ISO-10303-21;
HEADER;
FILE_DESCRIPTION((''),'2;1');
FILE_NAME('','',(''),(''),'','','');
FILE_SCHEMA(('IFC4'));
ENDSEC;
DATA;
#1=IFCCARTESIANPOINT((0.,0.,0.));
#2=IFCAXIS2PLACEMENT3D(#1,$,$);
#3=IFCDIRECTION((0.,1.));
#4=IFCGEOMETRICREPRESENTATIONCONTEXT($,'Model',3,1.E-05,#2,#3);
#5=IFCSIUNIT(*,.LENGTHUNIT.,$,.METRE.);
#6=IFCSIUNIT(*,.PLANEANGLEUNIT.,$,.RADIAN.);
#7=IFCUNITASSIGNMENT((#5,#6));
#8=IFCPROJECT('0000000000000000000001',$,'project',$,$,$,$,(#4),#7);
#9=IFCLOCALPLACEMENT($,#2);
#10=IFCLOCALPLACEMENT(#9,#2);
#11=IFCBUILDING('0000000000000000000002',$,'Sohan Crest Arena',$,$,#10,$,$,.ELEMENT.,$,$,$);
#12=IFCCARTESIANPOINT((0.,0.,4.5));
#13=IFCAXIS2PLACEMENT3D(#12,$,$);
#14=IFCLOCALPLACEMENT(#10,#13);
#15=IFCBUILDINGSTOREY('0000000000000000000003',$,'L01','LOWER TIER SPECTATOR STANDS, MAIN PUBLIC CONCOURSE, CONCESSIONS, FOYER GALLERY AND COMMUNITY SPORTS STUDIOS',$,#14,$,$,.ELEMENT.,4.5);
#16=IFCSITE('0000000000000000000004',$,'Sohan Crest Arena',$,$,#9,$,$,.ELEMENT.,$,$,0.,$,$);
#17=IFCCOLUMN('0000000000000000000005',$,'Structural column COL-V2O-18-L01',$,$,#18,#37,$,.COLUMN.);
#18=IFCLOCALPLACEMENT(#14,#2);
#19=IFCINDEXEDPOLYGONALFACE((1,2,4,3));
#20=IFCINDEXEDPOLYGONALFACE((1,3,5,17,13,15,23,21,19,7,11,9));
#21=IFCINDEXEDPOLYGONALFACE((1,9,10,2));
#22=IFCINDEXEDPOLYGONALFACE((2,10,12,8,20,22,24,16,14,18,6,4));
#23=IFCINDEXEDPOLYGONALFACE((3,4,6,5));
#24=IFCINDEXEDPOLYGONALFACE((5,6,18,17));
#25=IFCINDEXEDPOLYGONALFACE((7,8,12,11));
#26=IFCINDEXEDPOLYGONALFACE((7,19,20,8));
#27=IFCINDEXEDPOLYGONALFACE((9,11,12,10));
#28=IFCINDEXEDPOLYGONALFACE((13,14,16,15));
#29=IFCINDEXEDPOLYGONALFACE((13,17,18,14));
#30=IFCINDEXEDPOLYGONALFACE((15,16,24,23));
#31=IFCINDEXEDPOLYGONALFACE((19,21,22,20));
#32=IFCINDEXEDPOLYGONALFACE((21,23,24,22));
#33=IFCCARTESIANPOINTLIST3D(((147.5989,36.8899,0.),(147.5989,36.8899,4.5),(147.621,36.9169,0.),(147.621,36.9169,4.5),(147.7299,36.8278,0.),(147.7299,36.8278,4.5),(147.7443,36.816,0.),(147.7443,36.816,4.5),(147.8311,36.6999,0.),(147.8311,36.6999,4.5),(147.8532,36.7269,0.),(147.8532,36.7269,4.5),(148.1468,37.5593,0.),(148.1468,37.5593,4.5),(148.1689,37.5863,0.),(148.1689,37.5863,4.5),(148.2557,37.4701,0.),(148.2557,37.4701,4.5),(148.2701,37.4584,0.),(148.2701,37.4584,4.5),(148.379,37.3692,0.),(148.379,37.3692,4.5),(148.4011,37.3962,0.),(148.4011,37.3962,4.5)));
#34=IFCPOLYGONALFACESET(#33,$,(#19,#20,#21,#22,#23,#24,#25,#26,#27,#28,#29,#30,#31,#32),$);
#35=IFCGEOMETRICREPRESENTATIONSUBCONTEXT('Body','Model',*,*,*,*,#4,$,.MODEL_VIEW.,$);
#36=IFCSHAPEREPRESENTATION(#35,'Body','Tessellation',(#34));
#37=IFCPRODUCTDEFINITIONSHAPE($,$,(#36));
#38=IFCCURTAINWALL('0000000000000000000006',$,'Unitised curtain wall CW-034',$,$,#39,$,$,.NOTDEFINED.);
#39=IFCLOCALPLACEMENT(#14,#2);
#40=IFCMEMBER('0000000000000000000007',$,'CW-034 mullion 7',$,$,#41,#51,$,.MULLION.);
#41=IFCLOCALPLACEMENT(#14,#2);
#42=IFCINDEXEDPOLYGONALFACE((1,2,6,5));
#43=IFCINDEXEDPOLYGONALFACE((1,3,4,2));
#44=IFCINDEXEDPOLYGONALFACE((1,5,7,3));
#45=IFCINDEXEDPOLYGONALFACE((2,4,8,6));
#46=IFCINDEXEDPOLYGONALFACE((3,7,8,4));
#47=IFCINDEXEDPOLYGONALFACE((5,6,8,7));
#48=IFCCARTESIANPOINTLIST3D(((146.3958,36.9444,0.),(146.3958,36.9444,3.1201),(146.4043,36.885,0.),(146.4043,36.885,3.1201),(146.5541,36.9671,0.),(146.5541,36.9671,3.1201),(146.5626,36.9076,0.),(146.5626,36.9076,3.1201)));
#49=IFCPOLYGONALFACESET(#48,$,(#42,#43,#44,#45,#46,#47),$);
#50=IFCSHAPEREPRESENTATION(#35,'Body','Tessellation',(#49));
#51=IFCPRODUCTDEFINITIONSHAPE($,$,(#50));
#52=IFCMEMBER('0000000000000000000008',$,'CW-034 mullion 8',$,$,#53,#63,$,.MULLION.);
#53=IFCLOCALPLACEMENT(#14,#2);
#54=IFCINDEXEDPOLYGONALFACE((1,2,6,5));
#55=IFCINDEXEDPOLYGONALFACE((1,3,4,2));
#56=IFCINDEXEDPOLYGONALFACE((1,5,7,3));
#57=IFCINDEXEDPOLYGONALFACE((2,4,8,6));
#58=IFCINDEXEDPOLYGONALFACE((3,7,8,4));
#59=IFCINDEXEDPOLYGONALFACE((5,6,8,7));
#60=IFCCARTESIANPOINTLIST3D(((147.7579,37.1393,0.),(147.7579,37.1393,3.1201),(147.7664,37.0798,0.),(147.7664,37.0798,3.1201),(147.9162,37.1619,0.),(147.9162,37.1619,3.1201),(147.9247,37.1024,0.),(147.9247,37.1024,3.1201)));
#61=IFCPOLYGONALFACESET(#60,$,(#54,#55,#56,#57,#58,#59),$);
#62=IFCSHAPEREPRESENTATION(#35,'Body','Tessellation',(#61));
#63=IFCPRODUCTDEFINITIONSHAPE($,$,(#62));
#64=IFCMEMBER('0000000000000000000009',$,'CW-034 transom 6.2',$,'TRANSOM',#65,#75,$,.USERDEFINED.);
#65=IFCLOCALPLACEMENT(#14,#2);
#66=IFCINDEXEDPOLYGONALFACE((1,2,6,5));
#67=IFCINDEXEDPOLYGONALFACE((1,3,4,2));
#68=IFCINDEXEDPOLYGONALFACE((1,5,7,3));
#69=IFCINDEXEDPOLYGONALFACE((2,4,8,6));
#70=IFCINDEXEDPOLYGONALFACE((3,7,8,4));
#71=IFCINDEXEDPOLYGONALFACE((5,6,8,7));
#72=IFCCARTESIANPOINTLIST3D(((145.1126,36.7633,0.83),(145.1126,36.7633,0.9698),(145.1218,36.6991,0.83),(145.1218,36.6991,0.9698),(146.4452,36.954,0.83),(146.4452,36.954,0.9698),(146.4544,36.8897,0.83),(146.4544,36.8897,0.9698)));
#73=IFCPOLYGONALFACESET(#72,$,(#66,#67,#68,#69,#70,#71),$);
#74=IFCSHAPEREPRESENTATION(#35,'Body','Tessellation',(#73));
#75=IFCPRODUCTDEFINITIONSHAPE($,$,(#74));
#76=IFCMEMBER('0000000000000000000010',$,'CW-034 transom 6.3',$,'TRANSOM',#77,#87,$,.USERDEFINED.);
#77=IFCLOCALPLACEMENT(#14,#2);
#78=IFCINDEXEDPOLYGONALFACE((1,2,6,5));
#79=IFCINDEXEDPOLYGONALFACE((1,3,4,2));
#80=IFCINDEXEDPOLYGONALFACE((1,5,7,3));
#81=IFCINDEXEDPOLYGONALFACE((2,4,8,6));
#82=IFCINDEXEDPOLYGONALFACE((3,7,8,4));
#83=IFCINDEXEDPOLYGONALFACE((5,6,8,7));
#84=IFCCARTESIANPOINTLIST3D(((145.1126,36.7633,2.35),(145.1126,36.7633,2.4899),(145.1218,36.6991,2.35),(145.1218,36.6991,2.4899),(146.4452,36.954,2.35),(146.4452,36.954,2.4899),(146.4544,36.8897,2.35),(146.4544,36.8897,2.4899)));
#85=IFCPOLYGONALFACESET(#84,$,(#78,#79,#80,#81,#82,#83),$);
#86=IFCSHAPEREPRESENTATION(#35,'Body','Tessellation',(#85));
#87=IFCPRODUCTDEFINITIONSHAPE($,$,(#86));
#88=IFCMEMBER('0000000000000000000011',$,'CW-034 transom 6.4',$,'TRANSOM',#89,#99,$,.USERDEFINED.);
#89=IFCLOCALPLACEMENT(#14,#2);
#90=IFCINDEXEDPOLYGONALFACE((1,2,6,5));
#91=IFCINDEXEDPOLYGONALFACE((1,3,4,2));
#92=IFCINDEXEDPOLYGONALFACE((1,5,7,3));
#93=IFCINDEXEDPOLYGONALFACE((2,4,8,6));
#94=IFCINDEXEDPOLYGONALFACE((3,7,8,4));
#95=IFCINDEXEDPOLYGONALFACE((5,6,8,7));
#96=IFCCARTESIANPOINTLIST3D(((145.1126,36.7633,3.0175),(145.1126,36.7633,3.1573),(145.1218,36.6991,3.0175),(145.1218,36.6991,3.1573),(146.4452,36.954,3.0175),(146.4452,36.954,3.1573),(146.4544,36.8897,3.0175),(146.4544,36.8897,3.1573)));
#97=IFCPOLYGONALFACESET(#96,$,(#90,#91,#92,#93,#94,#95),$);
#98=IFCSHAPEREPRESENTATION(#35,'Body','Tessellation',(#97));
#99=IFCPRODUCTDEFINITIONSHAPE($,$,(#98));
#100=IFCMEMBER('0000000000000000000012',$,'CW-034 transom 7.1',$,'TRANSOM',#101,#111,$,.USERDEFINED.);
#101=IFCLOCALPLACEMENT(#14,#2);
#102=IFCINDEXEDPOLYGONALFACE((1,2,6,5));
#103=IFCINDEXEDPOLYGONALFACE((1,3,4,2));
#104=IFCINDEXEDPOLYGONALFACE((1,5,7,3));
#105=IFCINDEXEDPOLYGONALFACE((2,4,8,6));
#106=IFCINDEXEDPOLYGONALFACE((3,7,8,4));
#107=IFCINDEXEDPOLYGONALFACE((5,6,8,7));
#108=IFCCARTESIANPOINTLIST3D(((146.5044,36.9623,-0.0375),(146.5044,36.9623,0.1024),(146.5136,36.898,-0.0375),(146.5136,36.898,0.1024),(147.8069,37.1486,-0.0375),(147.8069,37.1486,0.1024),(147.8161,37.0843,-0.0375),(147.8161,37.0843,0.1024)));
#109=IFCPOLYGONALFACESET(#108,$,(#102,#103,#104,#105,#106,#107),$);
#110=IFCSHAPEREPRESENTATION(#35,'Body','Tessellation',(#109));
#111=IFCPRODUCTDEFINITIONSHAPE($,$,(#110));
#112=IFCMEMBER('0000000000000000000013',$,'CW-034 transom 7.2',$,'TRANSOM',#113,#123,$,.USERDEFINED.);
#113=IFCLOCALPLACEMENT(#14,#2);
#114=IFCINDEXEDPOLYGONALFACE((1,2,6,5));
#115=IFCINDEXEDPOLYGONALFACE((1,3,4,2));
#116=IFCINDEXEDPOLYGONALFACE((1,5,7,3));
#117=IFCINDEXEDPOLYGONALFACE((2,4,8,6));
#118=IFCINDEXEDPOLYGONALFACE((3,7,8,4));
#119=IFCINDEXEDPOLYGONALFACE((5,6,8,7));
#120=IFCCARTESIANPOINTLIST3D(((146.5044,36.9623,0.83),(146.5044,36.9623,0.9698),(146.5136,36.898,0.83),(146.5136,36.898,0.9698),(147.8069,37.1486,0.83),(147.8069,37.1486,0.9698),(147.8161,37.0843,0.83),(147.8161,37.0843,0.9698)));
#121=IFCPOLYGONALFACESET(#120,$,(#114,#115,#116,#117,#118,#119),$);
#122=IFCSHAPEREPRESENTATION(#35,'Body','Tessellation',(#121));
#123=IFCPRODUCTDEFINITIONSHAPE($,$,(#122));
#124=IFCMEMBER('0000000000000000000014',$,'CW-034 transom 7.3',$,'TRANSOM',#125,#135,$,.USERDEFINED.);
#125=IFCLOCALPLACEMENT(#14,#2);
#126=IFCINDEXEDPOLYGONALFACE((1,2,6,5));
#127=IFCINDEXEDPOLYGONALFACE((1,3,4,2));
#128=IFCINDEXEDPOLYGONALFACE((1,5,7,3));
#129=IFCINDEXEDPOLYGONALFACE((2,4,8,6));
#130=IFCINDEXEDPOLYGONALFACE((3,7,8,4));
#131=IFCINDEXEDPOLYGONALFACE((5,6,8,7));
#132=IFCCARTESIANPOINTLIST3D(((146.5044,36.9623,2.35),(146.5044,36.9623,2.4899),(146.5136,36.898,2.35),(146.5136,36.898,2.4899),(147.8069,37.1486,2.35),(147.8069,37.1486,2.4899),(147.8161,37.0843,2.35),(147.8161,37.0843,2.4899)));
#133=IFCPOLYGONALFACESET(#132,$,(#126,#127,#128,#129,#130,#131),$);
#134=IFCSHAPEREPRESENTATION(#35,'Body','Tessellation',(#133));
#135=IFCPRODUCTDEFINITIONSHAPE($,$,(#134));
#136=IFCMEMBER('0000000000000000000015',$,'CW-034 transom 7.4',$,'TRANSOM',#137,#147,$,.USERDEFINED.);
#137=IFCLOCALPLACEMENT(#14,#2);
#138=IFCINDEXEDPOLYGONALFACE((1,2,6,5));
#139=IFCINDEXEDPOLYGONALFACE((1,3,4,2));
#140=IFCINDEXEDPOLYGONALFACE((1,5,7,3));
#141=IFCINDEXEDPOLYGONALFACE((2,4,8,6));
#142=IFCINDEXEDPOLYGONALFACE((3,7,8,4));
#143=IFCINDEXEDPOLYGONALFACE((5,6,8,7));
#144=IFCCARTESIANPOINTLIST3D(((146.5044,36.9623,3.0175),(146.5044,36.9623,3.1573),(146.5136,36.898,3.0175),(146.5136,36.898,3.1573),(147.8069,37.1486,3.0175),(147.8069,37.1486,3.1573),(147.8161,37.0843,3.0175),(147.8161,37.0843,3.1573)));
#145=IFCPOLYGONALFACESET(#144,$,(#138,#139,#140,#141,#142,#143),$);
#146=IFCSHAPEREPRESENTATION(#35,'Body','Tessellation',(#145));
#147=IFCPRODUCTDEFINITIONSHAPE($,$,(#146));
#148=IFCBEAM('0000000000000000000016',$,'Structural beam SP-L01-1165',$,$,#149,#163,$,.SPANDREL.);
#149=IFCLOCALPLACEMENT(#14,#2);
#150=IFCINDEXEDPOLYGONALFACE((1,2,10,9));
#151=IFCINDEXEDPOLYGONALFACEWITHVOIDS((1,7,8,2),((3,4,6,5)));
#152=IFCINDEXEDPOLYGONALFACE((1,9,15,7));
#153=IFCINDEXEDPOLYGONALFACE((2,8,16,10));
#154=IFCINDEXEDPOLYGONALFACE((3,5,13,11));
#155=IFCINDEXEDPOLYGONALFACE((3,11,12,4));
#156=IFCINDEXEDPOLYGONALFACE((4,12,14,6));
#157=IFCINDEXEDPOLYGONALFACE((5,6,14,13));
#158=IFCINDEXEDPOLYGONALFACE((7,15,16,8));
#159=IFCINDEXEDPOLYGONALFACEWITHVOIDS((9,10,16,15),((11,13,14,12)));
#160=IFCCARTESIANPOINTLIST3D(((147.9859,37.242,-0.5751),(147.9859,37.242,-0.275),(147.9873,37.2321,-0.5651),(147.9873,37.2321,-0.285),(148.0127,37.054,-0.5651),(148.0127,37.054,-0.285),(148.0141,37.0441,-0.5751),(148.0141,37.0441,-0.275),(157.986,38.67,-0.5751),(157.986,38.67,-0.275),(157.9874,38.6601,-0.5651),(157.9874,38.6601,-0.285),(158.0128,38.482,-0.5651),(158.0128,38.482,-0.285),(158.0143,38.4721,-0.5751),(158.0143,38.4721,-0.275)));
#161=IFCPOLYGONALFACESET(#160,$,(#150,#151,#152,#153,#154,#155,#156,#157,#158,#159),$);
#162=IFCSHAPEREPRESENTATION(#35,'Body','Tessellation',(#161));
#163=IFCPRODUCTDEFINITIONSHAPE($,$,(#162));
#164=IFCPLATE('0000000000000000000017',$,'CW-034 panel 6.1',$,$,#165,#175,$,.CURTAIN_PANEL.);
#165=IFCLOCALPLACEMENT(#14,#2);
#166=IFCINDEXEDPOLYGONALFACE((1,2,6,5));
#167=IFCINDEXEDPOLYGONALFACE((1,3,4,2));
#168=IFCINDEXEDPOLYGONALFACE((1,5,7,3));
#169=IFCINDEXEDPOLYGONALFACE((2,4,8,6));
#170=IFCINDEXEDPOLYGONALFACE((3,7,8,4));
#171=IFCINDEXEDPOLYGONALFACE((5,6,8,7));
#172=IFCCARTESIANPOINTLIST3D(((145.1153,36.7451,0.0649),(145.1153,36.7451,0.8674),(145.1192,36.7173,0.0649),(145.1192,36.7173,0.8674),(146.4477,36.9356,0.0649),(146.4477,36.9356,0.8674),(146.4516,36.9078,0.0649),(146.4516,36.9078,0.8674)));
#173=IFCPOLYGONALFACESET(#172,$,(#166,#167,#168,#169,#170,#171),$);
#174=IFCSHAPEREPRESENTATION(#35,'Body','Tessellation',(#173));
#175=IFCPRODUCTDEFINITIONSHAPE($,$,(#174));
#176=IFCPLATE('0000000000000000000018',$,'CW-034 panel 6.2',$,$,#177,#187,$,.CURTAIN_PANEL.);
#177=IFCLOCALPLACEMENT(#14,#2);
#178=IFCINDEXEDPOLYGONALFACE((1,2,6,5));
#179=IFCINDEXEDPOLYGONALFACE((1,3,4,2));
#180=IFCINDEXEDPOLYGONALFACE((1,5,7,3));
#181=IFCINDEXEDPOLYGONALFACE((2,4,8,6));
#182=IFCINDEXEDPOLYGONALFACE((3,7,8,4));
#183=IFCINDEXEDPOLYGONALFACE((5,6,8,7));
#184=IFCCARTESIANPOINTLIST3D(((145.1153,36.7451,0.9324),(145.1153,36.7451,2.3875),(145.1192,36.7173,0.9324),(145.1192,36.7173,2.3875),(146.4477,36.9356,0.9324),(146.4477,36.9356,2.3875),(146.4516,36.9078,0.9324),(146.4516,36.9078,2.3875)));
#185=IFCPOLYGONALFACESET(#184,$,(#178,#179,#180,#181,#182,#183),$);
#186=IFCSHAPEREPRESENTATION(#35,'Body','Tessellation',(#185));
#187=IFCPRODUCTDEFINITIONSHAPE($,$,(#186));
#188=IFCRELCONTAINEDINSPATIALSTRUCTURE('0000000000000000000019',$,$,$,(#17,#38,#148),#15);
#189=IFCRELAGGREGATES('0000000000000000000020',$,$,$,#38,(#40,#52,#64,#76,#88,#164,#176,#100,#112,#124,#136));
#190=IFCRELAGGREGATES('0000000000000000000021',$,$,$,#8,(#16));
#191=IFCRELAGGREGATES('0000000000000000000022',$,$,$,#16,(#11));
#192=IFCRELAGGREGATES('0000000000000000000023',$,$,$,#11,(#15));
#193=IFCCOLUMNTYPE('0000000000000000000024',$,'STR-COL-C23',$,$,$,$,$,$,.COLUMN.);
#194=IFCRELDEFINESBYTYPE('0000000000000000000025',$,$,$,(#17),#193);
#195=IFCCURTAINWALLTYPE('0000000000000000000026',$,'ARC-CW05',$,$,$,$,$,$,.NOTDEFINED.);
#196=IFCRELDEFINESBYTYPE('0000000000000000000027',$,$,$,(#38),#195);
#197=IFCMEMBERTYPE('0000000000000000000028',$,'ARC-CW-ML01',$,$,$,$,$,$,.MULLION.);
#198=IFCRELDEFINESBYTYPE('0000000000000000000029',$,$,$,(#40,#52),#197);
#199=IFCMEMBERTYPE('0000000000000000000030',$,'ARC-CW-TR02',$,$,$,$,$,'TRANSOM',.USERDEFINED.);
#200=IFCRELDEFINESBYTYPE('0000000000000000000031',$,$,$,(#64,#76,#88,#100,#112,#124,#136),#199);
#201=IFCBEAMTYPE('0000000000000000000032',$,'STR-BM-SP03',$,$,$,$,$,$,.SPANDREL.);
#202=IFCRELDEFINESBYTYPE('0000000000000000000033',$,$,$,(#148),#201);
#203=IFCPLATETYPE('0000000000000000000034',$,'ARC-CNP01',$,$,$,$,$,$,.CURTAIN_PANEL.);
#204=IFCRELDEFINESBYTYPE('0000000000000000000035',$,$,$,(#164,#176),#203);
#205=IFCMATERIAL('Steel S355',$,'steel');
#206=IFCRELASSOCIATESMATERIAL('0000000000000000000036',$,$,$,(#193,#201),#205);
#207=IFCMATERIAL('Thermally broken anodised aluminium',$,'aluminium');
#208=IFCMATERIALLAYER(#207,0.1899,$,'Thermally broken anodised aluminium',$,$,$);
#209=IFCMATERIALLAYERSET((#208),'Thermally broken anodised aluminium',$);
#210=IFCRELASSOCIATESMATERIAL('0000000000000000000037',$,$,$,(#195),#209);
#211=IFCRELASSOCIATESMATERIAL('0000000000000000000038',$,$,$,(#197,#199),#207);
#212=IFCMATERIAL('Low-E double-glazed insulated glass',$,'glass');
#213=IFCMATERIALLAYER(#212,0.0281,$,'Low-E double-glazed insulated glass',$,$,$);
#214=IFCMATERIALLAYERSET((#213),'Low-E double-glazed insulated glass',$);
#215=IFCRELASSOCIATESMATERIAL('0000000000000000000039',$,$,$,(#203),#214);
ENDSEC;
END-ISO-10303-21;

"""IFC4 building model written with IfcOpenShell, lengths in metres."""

from ifc_helpers import new_model, si_unit, direction, frame, origin, origin_2d, place, context, subcontext, project, spatial, rectangle, hollow_rectangle, i_section, extrude, material, layer, layer_set, material_profile, profile_set, type_object, element, aggregate, save


model = new_model("IFC4")

# Units and contexts
model_context = context("Model", 3, precision=1e-05, world=origin(), true_north=direction((0.0, 1.0)))
body_context = subcontext(model_context, "Body", "Model", "MODEL_VIEW")
ifc_project = project(units=[si_unit("LENGTHUNIT", "METRE"), si_unit("PLANEANGLEUNIT", "RADIAN")], contexts=[model_context])

# Site, building, storey
site_placement = place(None, origin())
site = spatial("IfcSite", under=ifc_project, at=site_placement, Name="Sohan Crest Arena", CompositionType="ELEMENT", RefElevation=0.0)
building_placement = place(site_placement, origin())
building = spatial("IfcBuilding", under=site, at=building_placement, Name="Sohan Crest Arena", CompositionType="ELEMENT")
storey_placement = place(building_placement, frame((0.0, 0.0, 4.5)))
storey = spatial("IfcBuildingStorey", under=building, at=storey_placement, Name="L01", Description="LOWER TIER SPECTATOR STANDS, MAIN PUBLIC CONCOURSE, CONCESSIONS, FOYER GALLERY AND COMMUNITY SPORTS STUDIOS", CompositionType="ELEMENT", Elevation=4.5)

# Column
ifc_material_1 = material(Name="Steel S355", Category="steel")
ifc_material_profile_1 = material_profile(ifc_material_1, i_section(OverallWidth=0.3, OverallDepth=0.8999, WebThickness=0.0186, FlangeThickness=0.0349, at=origin_2d()), Name="HEB 900")
ifc_profile_set_1 = profile_set([ifc_material_profile_1], Name="Steel S355")
column_type = type_object("IfcColumnType", Name="STR-COL-C23", PredefinedType="COLUMN", material=ifc_profile_set_1)
column_placement = place(storey_placement, frame((148.0, 37.1431, 0.0), z_axis=(0.0, 0.0, 1.0), x_axis=(-0.77384, 0.633381, 0.0)))
element("IfcColumn", 1, at=column_placement, inside=storey, type_object=column_type, Name="Structural column COL-V2O-18-L01", PredefinedType="COLUMN", context=body_context, shape_type="SweptSolid", body=[
    extrude(i_section(OverallWidth=0.3, OverallDepth=0.8999, WebThickness=0.0186, FlangeThickness=0.0349, at=origin_2d()), origin(), (0.0, 0.0, 1.0), 4.5),
])

# Curtain wall, members
ifc_material_2 = material(Name="Thermally broken anodised aluminium", Category="aluminium")
ifc_layer_1 = layer(ifc_material_2, 0.1899, Name="Thermally broken anodised aluminium")
ifc_layer_set_1 = layer_set([ifc_layer_1], Name="Thermally broken anodised aluminium")
curtain_wall_type = type_object("IfcCurtainWallType", Name="ARC-CW05", PredefinedType="NOTDEFINED", material=ifc_layer_set_1)
curtain_wall_placement = place(storey_placement, origin())
curtain_wall = element("IfcCurtainWall", 2, at=curtain_wall_placement, inside=storey, type_object=curtain_wall_type, Name="Unitised curtain wall CW-034", PredefinedType="NOTDEFINED")
ifc_material_profile_2 = material_profile(ifc_material_2, rectangle(XDim=0.0601, YDim=0.1599, at=origin_2d()), Name="ALU-MULL 60x160")
ifc_profile_set_2 = profile_set([ifc_material_profile_2], Name="Thermally broken anodised aluminium")
member_type_1 = type_object("IfcMemberType", Name="ARC-CW-ML01", PredefinedType="MULLION", material=ifc_profile_set_2)
member_1_placement = place(storey_placement, frame((146.4792, 36.926, 0.0), z_axis=(0.0, 0.0, 1.0), x_axis=(-0.141549, 0.989931, 0.0)))
member_1 = element("IfcMember", 3, at=member_1_placement, type_object=member_type_1, Name="CW-034 mullion 7", PredefinedType="MULLION", context=body_context, shape_type="SweptSolid", body=[
    extrude(rectangle(XDim=0.0601, YDim=0.1599, at=origin_2d()), origin(), (0.0, 0.0, 1.0), 3.1201),
])
member_2_placement = place(storey_placement, frame((147.8413, 37.1208, 0.0), z_axis=(0.0, 0.0, 1.0), x_axis=(-0.141549, 0.989931, 0.0)))
member_2 = element("IfcMember", 4, at=member_2_placement, type_object=member_type_1, Name="CW-034 mullion 8", PredefinedType="MULLION", context=body_context, shape_type="SweptSolid", body=[
    extrude(rectangle(XDim=0.0601, YDim=0.1599, at=origin_2d()), origin(), (0.0, 0.0, 1.0), 3.1201),
])
ifc_material_profile_3 = material_profile(ifc_material_2, rectangle(XDim=0.0649, YDim=0.1399, at=origin_2d()), Name="ALU-TRAN 65x140")
ifc_profile_set_3 = profile_set([ifc_material_profile_3], Name="Thermally broken anodised aluminium")
member_type_2 = type_object("IfcMemberType", Name="ARC-CW-TR02", ElementType="TRANSOM", PredefinedType="USERDEFINED", material=ifc_profile_set_3)
member_3_placement = place(storey_placement, frame((145.1172, 36.7312, 0.8999), z_axis=(0.989917, 0.14165, 0.0), x_axis=(-0.14165, 0.989917, 0.0)))
member_3 = element("IfcMember", 5, at=member_3_placement, type_object=member_type_2, Name="CW-034 transom 6.2", ObjectType="TRANSOM", PredefinedType="USERDEFINED", context=body_context, shape_type="SweptSolid", body=[
    extrude(rectangle(XDim=0.0649, YDim=0.1399, at=origin_2d()), origin(), (0.0, 0.0, 1.0), 1.3462),
])
member_4_placement = place(storey_placement, frame((145.1172, 36.7312, 2.4199), z_axis=(0.989917, 0.14165, 0.0), x_axis=(-0.14165, 0.989917, 0.0)))
member_4 = element("IfcMember", 6, at=member_4_placement, type_object=member_type_2, Name="CW-034 transom 6.3", ObjectType="TRANSOM", PredefinedType="USERDEFINED", context=body_context, shape_type="SweptSolid", body=[
    extrude(rectangle(XDim=0.0649, YDim=0.1399, at=origin_2d()), origin(), (0.0, 0.0, 1.0), 1.3462),
])
member_5_placement = place(storey_placement, frame((145.1172, 36.7312, 3.0874), z_axis=(0.989917, 0.14165, 0.0), x_axis=(-0.14165, 0.989917, 0.0)))
member_5 = element("IfcMember", 7, at=member_5_placement, type_object=member_type_2, Name="CW-034 transom 6.4", ObjectType="TRANSOM", PredefinedType="USERDEFINED", context=body_context, shape_type="SweptSolid", body=[
    extrude(rectangle(XDim=0.0649, YDim=0.1399, at=origin_2d()), origin(), (0.0, 0.0, 1.0), 1.3462),
])
member_6_placement = place(storey_placement, frame((146.509, 36.9302, 0.0325), z_axis=(0.989927, 0.141577, 0.0), x_axis=(-0.141577, 0.989927, 0.0)))
member_6 = element("IfcMember", 8, at=member_6_placement, type_object=member_type_2, Name="CW-034 transom 7.1", ObjectType="TRANSOM", PredefinedType="USERDEFINED", context=body_context, shape_type="SweptSolid", body=[
    extrude(rectangle(XDim=0.0649, YDim=0.1399, at=origin_2d()), origin(), (0.0, 0.0, 1.0), 1.3157),
])
member_7_placement = place(storey_placement, frame((146.509, 36.9302, 0.8999), z_axis=(0.989927, 0.141577, 0.0), x_axis=(-0.141577, 0.989927, 0.0)))
member_7 = element("IfcMember", 9, at=member_7_placement, type_object=member_type_2, Name="CW-034 transom 7.2", ObjectType="TRANSOM", PredefinedType="USERDEFINED", context=body_context, shape_type="SweptSolid", body=[
    extrude(rectangle(XDim=0.0649, YDim=0.1399, at=origin_2d()), origin(), (0.0, 0.0, 1.0), 1.3157),
])
member_8_placement = place(storey_placement, frame((146.509, 36.9302, 2.4199), z_axis=(0.989927, 0.141577, 0.0), x_axis=(-0.141577, 0.989927, 0.0)))
member_8 = element("IfcMember", 10, at=member_8_placement, type_object=member_type_2, Name="CW-034 transom 7.3", ObjectType="TRANSOM", PredefinedType="USERDEFINED", context=body_context, shape_type="SweptSolid", body=[
    extrude(rectangle(XDim=0.0649, YDim=0.1399, at=origin_2d()), origin(), (0.0, 0.0, 1.0), 1.3157),
])
member_9_placement = place(storey_placement, frame((146.509, 36.9302, 3.0874), z_axis=(0.989927, 0.141577, 0.0), x_axis=(-0.141577, 0.989927, 0.0)))
member_9 = element("IfcMember", 11, at=member_9_placement, type_object=member_type_2, Name="CW-034 transom 7.4", ObjectType="TRANSOM", PredefinedType="USERDEFINED", context=body_context, shape_type="SweptSolid", body=[
    extrude(rectangle(XDim=0.0649, YDim=0.1399, at=origin_2d()), origin(), (0.0, 0.0, 1.0), 1.3157),
])

# Beam
ifc_material_profile_4 = material_profile(ifc_material_1, hollow_rectangle(XDim=0.2, YDim=0.3, WallThickness=0.01, at=origin_2d()), Name="RHS 300x200x10")
ifc_profile_set_4 = profile_set([ifc_material_profile_4], Name="Steel S355")
beam_type = type_object("IfcBeamType", Name="STR-BM-SP03", PredefinedType="SPANDREL", material=ifc_profile_set_4)
beam_placement = place(storey_placement, frame((148.0, 37.1431, -0.425), z_axis=(0.989958, 0.141364, 0.0), x_axis=(-0.141364, 0.989958, 0.0)))
element("IfcBeam", 12, at=beam_placement, inside=storey, type_object=beam_type, Name="Structural beam SP-L01-1165", PredefinedType="SPANDREL", context=body_context, shape_type="SweptSolid", body=[
    extrude(hollow_rectangle(XDim=0.2, YDim=0.3, WallThickness=0.01, at=origin_2d()), origin(), (0.0, 0.0, 1.0), 10.1016),
])

# Plates
ifc_material_3 = material(Name="Low-E double-glazed insulated glass", Category="glass")
ifc_layer_2 = layer(ifc_material_3, 0.0281, Name="Low-E double-glazed insulated glass")
ifc_layer_set_2 = layer_set([ifc_layer_2], Name="Low-E double-glazed insulated glass")
plate_type = type_object("IfcPlateType", Name="ARC-CNP01", PredefinedType="CURTAIN_PANEL", material=ifc_layer_set_2)
plate_1_placement = place(storey_placement, frame((145.7834, 36.8264, 0.0649), z_axis=(0.0, 0.0, 1.0), x_axis=(0.989931, 0.141549, 0.0)))
plate_1 = element("IfcPlate", 13, at=plate_1_placement, type_object=plate_type, Name="CW-034 panel 6.1", PredefinedType="CURTAIN_PANEL", context=body_context, shape_type="SweptSolid", body=[
    extrude(rectangle(XDim=1.3459, YDim=0.0281, at=origin_2d()), origin(), (0.0, 0.0, 1.0), 0.8025),
])
plate_2_placement = place(storey_placement, frame((145.7834, 36.8264, 0.9324), z_axis=(0.0, 0.0, 1.0), x_axis=(0.989931, 0.141549, 0.0)))
plate_2 = element("IfcPlate", 14, at=plate_2_placement, type_object=plate_type, Name="CW-034 panel 6.2", PredefinedType="CURTAIN_PANEL", context=body_context, shape_type="SweptSolid", body=[
    extrude(rectangle(XDim=1.3459, YDim=0.0281, at=origin_2d()), origin(), (0.0, 0.0, 1.0), 1.4551),
])
aggregate(curtain_wall, [member_1, member_2, member_3, member_4, member_5, plate_1, plate_2, member_6, member_7, member_8, member_9])

save(model, "model.ifc")
